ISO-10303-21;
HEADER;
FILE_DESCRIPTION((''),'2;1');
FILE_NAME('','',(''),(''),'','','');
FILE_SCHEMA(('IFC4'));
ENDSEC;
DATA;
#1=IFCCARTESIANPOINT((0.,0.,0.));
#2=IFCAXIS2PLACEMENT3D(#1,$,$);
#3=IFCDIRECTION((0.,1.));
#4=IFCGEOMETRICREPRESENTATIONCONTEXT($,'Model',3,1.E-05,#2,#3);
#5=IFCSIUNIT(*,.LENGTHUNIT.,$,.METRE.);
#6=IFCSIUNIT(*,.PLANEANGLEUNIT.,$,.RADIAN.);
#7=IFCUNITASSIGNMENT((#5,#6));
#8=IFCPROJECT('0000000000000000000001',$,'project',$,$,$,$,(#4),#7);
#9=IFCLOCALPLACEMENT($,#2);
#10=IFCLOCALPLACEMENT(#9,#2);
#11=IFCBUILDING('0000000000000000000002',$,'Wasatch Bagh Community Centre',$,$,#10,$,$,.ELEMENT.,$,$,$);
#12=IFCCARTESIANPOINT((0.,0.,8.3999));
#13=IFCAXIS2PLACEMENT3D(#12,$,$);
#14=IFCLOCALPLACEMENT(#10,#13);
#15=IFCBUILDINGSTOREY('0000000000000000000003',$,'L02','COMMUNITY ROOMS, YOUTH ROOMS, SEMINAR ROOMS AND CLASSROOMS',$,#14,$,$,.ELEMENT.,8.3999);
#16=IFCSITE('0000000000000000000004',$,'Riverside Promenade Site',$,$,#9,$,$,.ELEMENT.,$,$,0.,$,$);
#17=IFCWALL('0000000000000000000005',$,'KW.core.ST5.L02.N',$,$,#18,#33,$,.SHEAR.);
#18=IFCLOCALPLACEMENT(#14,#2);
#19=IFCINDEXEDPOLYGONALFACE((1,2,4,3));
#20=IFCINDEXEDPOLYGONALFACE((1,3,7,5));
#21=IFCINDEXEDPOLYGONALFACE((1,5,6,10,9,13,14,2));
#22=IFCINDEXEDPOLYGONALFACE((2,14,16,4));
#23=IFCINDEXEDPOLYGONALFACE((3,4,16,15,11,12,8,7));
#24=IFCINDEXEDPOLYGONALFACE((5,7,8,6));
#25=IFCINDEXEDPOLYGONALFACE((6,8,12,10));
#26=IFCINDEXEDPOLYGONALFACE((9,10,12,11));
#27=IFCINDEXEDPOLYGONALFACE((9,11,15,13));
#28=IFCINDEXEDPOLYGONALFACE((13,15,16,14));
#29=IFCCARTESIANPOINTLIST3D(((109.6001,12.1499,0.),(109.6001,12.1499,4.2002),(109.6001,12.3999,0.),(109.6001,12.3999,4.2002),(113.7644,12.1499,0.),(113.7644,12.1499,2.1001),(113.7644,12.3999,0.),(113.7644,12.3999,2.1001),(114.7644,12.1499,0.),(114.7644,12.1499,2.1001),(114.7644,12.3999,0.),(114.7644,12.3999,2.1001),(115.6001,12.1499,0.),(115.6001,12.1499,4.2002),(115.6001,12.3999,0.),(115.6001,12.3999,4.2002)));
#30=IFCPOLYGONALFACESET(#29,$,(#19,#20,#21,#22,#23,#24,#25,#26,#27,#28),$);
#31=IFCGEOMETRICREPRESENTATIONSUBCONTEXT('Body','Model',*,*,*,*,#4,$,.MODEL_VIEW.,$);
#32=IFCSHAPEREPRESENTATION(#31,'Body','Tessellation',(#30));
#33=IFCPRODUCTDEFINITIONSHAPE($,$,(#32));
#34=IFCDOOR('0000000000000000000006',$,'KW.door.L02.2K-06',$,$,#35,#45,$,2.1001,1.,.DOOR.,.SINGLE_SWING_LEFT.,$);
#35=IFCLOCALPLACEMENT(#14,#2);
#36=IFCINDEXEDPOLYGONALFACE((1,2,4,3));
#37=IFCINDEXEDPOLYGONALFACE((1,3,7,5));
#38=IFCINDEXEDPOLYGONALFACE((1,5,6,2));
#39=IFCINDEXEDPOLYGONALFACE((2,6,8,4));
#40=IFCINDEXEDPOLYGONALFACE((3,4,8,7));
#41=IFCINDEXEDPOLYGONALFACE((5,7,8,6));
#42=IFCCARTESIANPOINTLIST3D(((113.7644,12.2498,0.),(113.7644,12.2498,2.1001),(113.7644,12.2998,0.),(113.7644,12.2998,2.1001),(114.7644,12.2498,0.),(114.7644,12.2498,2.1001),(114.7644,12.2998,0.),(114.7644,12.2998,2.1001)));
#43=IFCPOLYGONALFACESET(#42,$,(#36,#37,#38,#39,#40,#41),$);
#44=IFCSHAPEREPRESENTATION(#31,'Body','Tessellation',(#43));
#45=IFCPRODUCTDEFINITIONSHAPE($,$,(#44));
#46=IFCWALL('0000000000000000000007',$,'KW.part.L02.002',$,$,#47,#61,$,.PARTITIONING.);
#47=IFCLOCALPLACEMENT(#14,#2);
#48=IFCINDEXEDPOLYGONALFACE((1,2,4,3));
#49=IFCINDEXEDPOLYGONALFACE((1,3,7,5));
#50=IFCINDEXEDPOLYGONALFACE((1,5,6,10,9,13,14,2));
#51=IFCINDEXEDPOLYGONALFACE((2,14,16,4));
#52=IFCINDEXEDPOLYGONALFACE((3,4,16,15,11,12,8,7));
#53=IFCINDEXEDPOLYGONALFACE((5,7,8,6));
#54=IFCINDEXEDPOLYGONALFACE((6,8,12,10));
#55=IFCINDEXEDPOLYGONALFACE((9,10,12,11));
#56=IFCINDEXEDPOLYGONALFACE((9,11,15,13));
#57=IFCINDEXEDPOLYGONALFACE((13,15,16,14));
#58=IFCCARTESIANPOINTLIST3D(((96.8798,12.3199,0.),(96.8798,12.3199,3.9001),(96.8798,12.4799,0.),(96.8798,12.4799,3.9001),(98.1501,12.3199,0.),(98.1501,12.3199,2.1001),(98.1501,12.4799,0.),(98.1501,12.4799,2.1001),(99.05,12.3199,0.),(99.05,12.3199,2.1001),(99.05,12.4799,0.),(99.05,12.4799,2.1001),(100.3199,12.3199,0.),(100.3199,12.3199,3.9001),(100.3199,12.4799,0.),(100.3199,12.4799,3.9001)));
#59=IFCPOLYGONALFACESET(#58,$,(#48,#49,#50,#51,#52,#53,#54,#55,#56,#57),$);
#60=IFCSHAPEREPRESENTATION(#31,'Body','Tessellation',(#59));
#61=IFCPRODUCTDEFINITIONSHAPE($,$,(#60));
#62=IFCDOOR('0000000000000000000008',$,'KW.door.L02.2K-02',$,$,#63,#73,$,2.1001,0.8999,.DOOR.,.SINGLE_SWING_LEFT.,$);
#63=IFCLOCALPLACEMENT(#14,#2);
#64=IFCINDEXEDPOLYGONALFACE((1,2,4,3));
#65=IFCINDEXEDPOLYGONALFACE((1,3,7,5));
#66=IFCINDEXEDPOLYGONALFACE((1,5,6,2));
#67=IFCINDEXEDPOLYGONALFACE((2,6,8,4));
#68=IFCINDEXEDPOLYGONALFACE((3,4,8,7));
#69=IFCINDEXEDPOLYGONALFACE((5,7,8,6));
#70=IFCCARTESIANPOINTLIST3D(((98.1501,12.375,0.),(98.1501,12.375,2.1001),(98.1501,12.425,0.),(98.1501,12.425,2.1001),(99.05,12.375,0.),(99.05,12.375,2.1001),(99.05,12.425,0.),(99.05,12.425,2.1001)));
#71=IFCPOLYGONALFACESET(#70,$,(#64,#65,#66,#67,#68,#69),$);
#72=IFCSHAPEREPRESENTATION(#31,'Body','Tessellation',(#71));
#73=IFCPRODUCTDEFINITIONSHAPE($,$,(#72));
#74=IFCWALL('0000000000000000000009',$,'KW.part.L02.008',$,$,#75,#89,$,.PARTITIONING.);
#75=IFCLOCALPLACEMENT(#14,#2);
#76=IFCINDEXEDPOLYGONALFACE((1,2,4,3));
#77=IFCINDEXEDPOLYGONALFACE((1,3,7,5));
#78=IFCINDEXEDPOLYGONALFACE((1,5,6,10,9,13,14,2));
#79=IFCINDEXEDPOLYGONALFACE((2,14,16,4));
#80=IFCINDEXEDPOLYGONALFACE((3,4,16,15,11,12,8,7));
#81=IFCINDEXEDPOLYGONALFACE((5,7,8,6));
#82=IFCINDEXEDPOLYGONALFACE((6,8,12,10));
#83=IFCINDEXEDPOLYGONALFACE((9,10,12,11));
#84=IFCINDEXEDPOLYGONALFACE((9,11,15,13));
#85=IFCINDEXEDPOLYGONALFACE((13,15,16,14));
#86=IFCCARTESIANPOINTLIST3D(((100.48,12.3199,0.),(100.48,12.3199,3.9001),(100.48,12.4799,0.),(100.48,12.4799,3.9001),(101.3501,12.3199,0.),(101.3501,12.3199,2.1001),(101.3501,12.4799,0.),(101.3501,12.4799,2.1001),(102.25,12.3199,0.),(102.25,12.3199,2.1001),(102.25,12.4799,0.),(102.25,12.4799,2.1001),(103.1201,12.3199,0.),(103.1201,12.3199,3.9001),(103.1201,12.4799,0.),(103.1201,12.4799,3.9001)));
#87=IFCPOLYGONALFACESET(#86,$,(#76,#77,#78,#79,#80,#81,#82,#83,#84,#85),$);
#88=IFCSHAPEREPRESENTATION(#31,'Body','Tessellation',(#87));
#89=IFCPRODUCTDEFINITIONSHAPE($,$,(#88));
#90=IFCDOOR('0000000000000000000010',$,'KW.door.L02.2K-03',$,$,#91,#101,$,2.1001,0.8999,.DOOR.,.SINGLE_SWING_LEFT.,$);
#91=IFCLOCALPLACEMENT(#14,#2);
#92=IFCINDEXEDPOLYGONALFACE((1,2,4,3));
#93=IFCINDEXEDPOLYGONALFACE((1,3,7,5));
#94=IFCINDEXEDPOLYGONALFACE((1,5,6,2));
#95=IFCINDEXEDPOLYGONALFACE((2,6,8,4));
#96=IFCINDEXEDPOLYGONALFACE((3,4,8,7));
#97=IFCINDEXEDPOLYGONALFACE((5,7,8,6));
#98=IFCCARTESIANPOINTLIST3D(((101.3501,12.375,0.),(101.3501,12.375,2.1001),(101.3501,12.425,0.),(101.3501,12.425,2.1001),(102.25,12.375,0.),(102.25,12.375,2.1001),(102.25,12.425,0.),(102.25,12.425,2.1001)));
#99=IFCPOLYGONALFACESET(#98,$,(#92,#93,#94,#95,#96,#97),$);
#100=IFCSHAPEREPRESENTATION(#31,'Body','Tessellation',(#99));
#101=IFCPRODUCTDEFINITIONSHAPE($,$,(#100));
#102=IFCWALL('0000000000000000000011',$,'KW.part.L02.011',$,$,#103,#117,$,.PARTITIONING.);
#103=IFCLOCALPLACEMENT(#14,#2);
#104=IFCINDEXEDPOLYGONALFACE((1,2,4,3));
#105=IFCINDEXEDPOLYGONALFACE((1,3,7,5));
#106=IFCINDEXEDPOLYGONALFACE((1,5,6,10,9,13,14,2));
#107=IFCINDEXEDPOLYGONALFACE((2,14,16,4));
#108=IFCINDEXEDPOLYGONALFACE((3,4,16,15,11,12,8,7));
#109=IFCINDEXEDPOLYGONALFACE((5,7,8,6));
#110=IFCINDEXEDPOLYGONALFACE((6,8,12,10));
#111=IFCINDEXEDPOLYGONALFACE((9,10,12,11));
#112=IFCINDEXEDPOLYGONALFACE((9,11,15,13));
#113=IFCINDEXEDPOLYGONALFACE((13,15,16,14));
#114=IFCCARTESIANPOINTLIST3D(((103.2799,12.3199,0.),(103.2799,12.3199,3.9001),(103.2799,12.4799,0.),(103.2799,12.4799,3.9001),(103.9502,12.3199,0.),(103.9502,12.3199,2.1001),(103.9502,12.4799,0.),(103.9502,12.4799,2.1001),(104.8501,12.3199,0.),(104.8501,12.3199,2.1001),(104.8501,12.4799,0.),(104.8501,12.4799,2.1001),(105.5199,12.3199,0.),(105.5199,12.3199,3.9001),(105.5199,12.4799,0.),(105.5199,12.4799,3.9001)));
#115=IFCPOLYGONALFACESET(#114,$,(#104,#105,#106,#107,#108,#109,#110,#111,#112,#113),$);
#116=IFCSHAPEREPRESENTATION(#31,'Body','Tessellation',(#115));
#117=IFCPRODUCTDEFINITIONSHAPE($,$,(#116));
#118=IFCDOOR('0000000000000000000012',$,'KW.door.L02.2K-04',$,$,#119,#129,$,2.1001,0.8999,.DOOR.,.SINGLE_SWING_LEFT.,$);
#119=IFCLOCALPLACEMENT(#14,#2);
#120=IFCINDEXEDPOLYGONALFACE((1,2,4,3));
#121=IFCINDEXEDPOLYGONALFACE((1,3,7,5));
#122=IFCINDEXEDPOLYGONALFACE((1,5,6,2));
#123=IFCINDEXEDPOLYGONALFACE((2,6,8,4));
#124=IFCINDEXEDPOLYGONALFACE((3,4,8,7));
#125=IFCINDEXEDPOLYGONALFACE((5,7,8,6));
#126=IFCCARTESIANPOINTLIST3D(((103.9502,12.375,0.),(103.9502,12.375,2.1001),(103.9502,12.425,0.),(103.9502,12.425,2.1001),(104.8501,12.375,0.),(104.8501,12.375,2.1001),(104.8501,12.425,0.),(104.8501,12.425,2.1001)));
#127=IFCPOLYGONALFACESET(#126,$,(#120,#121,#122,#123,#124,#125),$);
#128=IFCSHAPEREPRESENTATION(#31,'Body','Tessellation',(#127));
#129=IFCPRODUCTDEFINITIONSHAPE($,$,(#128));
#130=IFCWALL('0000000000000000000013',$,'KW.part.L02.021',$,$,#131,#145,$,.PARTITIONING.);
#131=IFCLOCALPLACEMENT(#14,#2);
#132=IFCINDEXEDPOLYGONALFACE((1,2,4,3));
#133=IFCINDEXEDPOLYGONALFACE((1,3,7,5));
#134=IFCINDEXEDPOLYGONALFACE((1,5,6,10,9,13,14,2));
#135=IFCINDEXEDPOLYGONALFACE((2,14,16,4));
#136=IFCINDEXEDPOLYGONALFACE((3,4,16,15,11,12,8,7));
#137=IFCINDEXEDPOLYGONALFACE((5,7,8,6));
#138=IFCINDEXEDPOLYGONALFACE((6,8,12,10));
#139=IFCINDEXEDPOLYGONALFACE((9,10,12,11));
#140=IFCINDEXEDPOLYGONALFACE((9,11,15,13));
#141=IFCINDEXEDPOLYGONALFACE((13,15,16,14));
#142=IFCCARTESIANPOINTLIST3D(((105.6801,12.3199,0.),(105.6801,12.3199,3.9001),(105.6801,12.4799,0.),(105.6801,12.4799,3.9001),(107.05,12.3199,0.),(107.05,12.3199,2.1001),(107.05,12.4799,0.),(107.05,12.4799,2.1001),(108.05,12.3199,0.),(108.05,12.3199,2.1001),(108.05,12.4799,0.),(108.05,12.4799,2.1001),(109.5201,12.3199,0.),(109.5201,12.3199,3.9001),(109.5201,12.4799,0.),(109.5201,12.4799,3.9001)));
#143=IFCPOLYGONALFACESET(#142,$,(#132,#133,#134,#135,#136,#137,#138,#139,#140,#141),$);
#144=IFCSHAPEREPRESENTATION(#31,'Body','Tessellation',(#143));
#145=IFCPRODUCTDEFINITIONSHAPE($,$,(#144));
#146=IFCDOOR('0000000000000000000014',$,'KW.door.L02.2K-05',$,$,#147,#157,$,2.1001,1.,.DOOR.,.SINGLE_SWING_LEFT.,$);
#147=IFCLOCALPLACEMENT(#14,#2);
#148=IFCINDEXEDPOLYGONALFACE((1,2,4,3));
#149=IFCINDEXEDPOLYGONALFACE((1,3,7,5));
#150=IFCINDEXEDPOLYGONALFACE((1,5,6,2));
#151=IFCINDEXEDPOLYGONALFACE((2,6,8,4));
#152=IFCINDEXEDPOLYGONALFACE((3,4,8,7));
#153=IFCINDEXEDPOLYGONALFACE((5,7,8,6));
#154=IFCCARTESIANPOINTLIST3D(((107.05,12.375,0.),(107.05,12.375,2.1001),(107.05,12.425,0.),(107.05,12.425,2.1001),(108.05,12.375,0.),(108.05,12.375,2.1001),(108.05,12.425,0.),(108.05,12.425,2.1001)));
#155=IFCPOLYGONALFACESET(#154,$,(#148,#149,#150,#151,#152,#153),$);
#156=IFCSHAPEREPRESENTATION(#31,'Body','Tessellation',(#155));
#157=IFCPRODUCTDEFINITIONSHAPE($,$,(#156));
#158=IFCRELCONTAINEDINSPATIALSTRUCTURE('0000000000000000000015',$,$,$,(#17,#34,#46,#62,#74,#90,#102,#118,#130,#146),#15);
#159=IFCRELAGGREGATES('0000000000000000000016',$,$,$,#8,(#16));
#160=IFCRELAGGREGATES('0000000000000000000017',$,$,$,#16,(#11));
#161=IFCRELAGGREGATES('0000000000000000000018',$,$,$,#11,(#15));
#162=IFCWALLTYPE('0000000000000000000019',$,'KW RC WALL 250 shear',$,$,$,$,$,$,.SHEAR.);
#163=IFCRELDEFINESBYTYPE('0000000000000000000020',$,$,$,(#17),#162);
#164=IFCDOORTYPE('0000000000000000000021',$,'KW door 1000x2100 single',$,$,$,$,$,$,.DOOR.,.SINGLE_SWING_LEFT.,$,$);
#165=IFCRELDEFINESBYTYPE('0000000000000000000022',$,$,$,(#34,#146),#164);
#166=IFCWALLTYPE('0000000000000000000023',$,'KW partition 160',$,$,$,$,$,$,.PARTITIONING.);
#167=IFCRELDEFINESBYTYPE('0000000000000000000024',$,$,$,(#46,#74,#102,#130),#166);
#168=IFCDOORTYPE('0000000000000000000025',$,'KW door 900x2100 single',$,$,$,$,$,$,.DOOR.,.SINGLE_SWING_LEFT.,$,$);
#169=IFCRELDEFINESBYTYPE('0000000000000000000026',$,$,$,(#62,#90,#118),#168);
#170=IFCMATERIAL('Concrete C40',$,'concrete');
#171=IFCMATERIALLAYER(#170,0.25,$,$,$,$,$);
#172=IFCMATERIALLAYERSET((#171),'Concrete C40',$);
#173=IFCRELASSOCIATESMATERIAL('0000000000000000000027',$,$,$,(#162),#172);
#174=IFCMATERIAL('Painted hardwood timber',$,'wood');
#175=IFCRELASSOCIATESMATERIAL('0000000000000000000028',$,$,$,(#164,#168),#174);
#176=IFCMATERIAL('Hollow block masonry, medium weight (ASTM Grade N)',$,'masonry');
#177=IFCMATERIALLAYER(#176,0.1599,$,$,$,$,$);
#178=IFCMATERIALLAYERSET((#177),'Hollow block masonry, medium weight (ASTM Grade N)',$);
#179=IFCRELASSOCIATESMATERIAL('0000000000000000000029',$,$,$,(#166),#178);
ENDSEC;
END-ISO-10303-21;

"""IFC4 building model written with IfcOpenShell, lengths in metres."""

from ifc_helpers import new_model, si_unit, direction, frame, frame_2d, origin, place, context, subcontext, project, spatial, rectangle, extrude, material, layer, layer_set, type_object, element, fill, save


model = new_model("IFC4")

# Units and contexts
model_context = context("Model", 3, precision=1e-05, world=origin(), true_north=direction((0.0, 1.0)))
body_context = subcontext(model_context, "Body", "Model", "MODEL_VIEW")
ifc_project = project(units=[si_unit("LENGTHUNIT", "METRE"), si_unit("PLANEANGLEUNIT", "RADIAN")], contexts=[model_context])

# Site, building, storey
site_placement = place(None, origin())
site = spatial("IfcSite", under=ifc_project, at=site_placement, Name="Riverside Promenade Site", CompositionType="ELEMENT", RefElevation=0.0)
building_placement = place(site_placement, origin())
building = spatial("IfcBuilding", under=site, at=building_placement, Name="Wasatch Bagh Community Centre", CompositionType="ELEMENT")
storey_placement = place(building_placement, frame((0.0, 0.0, 8.3999)))
storey = spatial("IfcBuildingStorey", under=building, at=storey_placement, Name="L02", Description="COMMUNITY ROOMS, YOUTH ROOMS, SEMINAR ROOMS AND CLASSROOMS", CompositionType="ELEMENT", Elevation=8.3999)

# Walls, openings, doors
ifc_material_1 = material(Name="Concrete C40", Category="concrete")
ifc_layer_1 = layer(ifc_material_1, 0.25)
ifc_layer_set_1 = layer_set([ifc_layer_1], Name="Concrete C40")
wall_type_1 = type_object("IfcWallType", Name="KW RC WALL 250 shear", PredefinedType="SHEAR", material=ifc_layer_set_1)
wall_1_placement = place(storey_placement, frame((109.6001, 12.2749, 0.0), z_axis=(0.0, 0.0, 1.0), x_axis=(1.0, 0.0, 0.0)))
wall_1 = element("IfcWall", 1, at=wall_1_placement, inside=storey, type_object=wall_type_1, Name="KW.core.ST5.L02.N", PredefinedType="SHEAR", context=body_context, shape_type="SweptSolid", body=[
    extrude(rectangle(XDim=6.0, YDim=0.25, at=frame_2d((3.0, 0.0))), origin(), (0.0, 0.0, 1.0), 4.2002),
])
opening_1_placement = place(wall_1_placement, frame((4.1643, 0.0, 0.0)))
opening_1 = element("IfcOpeningElement", 2, at=opening_1_placement, cuts=wall_1, PredefinedType="OPENING", context=body_context, shape_type="SweptSolid", body=[
    extrude(rectangle(XDim=1.0, YDim=2.1001, at=frame_2d((0.5, 1.05))), frame((0.0, 0.135, 0.0), z_axis=(0.0, -1.0, 0.0), x_axis=(1.0, 0.0, 0.0)), (0.0, 0.0, 1.0), 0.27),
])
ifc_material_2 = material(Name="Painted hardwood timber", Category="wood")
door_type_1 = type_object("IfcDoorType", Name="KW door 1000x2100 single", OperationType="SINGLE_SWING_LEFT", PredefinedType="DOOR", material=ifc_material_2)
door_1_placement = place(opening_1_placement, origin())
door_1 = element("IfcDoor", 3, at=door_1_placement, inside=storey, type_object=door_type_1, Name="KW.door.L02.2K-06", OperationType="SINGLE_SWING_LEFT", OverallHeight=2.1001, OverallWidth=1.0, PredefinedType="DOOR", context=body_context, shape_type="SweptSolid", body=[
    extrude(rectangle(XDim=1.0, YDim=2.1001, at=frame_2d((0.5, 1.05))), frame((0.0, 0.0249, 0.0), z_axis=(0.0, -1.0, 0.0), x_axis=(1.0, 0.0, 0.0)), (0.0, 0.0, 1.0), 0.05),
])
fill(opening_1, door_1)
ifc_material_3 = material(Name="Hollow block masonry, medium weight (ASTM Grade N)", Category="masonry")
ifc_layer_2 = layer(ifc_material_3, 0.1599)
ifc_layer_set_2 = layer_set([ifc_layer_2], Name="Hollow block masonry, medium weight (ASTM Grade N)")
wall_type_2 = type_object("IfcWallType", Name="KW partition 160", PredefinedType="PARTITIONING", material=ifc_layer_set_2)
wall_2_placement = place(storey_placement, frame((100.3201, 12.3999, 0.0), z_axis=(0.0, 0.0, 1.0), x_axis=(-1.0, 0.0, 0.0)))
wall_2 = element("IfcWall", 4, at=wall_2_placement, inside=storey, type_object=wall_type_2, Name="KW.part.L02.002", PredefinedType="PARTITIONING", context=body_context, shape_type="SweptSolid", body=[
    extrude(rectangle(XDim=3.4402, YDim=0.1599, at=frame_2d((1.7202, 0.0))), origin(), (0.0, 0.0, 1.0), 3.9001),
])
opening_2_placement = place(wall_2_placement, frame((1.27, 0.0, 0.0)))
opening_2 = element("IfcOpeningElement", 5, at=opening_2_placement, cuts=wall_2, PredefinedType="OPENING", context=body_context, shape_type="SweptSolid", body=[
    extrude(rectangle(XDim=0.8999, YDim=2.1001, at=frame_2d((0.45, 1.05))), frame((0.0, 0.0898, 0.0), z_axis=(0.0, -1.0, 0.0), x_axis=(1.0, 0.0, 0.0)), (0.0, 0.0, 1.0), 0.1799),
])
door_type_2 = type_object("IfcDoorType", Name="KW door 900x2100 single", OperationType="SINGLE_SWING_LEFT", PredefinedType="DOOR", material=ifc_material_2)
door_2_placement = place(opening_2_placement, origin())
door_2 = element("IfcDoor", 6, at=door_2_placement, inside=storey, type_object=door_type_2, Name="KW.door.L02.2K-02", OperationType="SINGLE_SWING_LEFT", OverallHeight=2.1001, OverallWidth=0.8999, PredefinedType="DOOR", context=body_context, shape_type="SweptSolid", body=[
    extrude(rectangle(XDim=0.8999, YDim=2.1001, at=frame_2d((0.45, 1.05))), frame((0.0, 0.0249, 0.0), z_axis=(0.0, -1.0, 0.0), x_axis=(1.0, 0.0, 0.0)), (0.0, 0.0, 1.0), 0.05),
])
fill(opening_2, door_2)
wall_3_placement = place(storey_placement, frame((103.1201, 12.3999, 0.0), z_axis=(0.0, 0.0, 1.0), x_axis=(-1.0, 0.0, 0.0)))
wall_3 = element("IfcWall", 7, at=wall_3_placement, inside=storey, type_object=wall_type_2, Name="KW.part.L02.008", PredefinedType="PARTITIONING", context=body_context, shape_type="SweptSolid", body=[
    extrude(rectangle(XDim=2.6401, YDim=0.1599, at=frame_2d((1.3201, 0.0))), origin(), (0.0, 0.0, 1.0), 3.9001),
])
opening_3_placement = place(wall_3_placement, frame((0.8701, 0.0, 0.0)))
opening_3 = element("IfcOpeningElement", 8, at=opening_3_placement, cuts=wall_3, PredefinedType="OPENING", context=body_context, shape_type="SweptSolid", body=[
    extrude(rectangle(XDim=0.8999, YDim=2.1001, at=frame_2d((0.45, 1.05))), frame((0.0, 0.0898, 0.0), z_axis=(0.0, -1.0, 0.0), x_axis=(1.0, 0.0, 0.0)), (0.0, 0.0, 1.0), 0.1799),
])
door_3_placement = place(opening_3_placement, origin())
door_3 = element("IfcDoor", 9, at=door_3_placement, inside=storey, type_object=door_type_2, Name="KW.door.L02.2K-03", OperationType="SINGLE_SWING_LEFT", OverallHeight=2.1001, OverallWidth=0.8999, PredefinedType="DOOR", context=body_context, shape_type="SweptSolid", body=[
    extrude(rectangle(XDim=0.8999, YDim=2.1001, at=frame_2d((0.45, 1.05))), frame((0.0, 0.0249, 0.0), z_axis=(0.0, -1.0, 0.0), x_axis=(1.0, 0.0, 0.0)), (0.0, 0.0, 1.0), 0.05),
])
fill(opening_3, door_3)
wall_4_placement = place(storey_placement, frame((105.52, 12.3999, 0.0), z_axis=(0.0, 0.0, 1.0), x_axis=(-1.0, 0.0, 0.0)))
wall_4 = element("IfcWall", 10, at=wall_4_placement, inside=storey, type_object=wall_type_2, Name="KW.part.L02.011", PredefinedType="PARTITIONING", context=body_context, shape_type="SweptSolid", body=[
    extrude(rectangle(XDim=2.24, YDim=0.1599, at=frame_2d((1.1201, 0.0))), origin(), (0.0, 0.0, 1.0), 3.9001),
])
opening_4_placement = place(wall_4_placement, frame((0.6699, 0.0, 0.0)))
opening_4 = element("IfcOpeningElement", 11, at=opening_4_placement, cuts=wall_4, PredefinedType="OPENING", context=body_context, shape_type="SweptSolid", body=[
    extrude(rectangle(XDim=0.8999, YDim=2.1001, at=frame_2d((0.45, 1.05))), frame((0.0, 0.0898, 0.0), z_axis=(0.0, -1.0, 0.0), x_axis=(1.0, 0.0, 0.0)), (0.0, 0.0, 1.0), 0.1799),
])
door_4_placement = place(opening_4_placement, origin())
door_4 = element("IfcDoor", 12, at=door_4_placement, inside=storey, type_object=door_type_2, Name="KW.door.L02.2K-04", OperationType="SINGLE_SWING_LEFT", OverallHeight=2.1001, OverallWidth=0.8999, PredefinedType="DOOR", context=body_context, shape_type="SweptSolid", body=[
    extrude(rectangle(XDim=0.8999, YDim=2.1001, at=frame_2d((0.45, 1.05))), frame((0.0, 0.0249, 0.0), z_axis=(0.0, -1.0, 0.0), x_axis=(1.0, 0.0, 0.0)), (0.0, 0.0, 1.0), 0.05),
])
fill(opening_4, door_4)
wall_5_placement = place(storey_placement, frame((109.52, 12.3999, 0.0), z_axis=(0.0, 0.0, 1.0), x_axis=(-1.0, 0.0, 0.0)))
wall_5 = element("IfcWall", 13, at=wall_5_placement, inside=storey, type_object=wall_type_2, Name="KW.part.L02.021", PredefinedType="PARTITIONING", context=body_context, shape_type="SweptSolid", body=[
    extrude(rectangle(XDim=3.8401, YDim=0.1599, at=frame_2d((1.9199, 0.0))), origin(), (0.0, 0.0, 1.0), 3.9001),
])
opening_5_placement = place(wall_5_placement, frame((1.47, 0.0, 0.0)))
opening_5 = element("IfcOpeningElement", 14, at=opening_5_placement, cuts=wall_5, PredefinedType="OPENING", context=body_context, shape_type="SweptSolid", body=[
    extrude(rectangle(XDim=1.0, YDim=2.1001, at=frame_2d((0.5, 1.05))), frame((0.0, 0.0898, 0.0), z_axis=(0.0, -1.0, 0.0), x_axis=(1.0, 0.0, 0.0)), (0.0, 0.0, 1.0), 0.1799),
])
door_5_placement = place(opening_5_placement, origin())
door_5 = element("IfcDoor", 15, at=door_5_placement, inside=storey, type_object=door_type_1, Name="KW.door.L02.2K-05", OperationType="SINGLE_SWING_LEFT", OverallHeight=2.1001, OverallWidth=1.0, PredefinedType="DOOR", context=body_context, shape_type="SweptSolid", body=[
    extrude(rectangle(XDim=1.0, YDim=2.1001, at=frame_2d((0.5, 1.05))), frame((0.0, 0.0249, 0.0), z_axis=(0.0, -1.0, 0.0), x_axis=(1.0, 0.0, 0.0)), (0.0, 0.0, 1.0), 0.05),
])
fill(opening_5, door_5)

save(model, "model.ifc")
